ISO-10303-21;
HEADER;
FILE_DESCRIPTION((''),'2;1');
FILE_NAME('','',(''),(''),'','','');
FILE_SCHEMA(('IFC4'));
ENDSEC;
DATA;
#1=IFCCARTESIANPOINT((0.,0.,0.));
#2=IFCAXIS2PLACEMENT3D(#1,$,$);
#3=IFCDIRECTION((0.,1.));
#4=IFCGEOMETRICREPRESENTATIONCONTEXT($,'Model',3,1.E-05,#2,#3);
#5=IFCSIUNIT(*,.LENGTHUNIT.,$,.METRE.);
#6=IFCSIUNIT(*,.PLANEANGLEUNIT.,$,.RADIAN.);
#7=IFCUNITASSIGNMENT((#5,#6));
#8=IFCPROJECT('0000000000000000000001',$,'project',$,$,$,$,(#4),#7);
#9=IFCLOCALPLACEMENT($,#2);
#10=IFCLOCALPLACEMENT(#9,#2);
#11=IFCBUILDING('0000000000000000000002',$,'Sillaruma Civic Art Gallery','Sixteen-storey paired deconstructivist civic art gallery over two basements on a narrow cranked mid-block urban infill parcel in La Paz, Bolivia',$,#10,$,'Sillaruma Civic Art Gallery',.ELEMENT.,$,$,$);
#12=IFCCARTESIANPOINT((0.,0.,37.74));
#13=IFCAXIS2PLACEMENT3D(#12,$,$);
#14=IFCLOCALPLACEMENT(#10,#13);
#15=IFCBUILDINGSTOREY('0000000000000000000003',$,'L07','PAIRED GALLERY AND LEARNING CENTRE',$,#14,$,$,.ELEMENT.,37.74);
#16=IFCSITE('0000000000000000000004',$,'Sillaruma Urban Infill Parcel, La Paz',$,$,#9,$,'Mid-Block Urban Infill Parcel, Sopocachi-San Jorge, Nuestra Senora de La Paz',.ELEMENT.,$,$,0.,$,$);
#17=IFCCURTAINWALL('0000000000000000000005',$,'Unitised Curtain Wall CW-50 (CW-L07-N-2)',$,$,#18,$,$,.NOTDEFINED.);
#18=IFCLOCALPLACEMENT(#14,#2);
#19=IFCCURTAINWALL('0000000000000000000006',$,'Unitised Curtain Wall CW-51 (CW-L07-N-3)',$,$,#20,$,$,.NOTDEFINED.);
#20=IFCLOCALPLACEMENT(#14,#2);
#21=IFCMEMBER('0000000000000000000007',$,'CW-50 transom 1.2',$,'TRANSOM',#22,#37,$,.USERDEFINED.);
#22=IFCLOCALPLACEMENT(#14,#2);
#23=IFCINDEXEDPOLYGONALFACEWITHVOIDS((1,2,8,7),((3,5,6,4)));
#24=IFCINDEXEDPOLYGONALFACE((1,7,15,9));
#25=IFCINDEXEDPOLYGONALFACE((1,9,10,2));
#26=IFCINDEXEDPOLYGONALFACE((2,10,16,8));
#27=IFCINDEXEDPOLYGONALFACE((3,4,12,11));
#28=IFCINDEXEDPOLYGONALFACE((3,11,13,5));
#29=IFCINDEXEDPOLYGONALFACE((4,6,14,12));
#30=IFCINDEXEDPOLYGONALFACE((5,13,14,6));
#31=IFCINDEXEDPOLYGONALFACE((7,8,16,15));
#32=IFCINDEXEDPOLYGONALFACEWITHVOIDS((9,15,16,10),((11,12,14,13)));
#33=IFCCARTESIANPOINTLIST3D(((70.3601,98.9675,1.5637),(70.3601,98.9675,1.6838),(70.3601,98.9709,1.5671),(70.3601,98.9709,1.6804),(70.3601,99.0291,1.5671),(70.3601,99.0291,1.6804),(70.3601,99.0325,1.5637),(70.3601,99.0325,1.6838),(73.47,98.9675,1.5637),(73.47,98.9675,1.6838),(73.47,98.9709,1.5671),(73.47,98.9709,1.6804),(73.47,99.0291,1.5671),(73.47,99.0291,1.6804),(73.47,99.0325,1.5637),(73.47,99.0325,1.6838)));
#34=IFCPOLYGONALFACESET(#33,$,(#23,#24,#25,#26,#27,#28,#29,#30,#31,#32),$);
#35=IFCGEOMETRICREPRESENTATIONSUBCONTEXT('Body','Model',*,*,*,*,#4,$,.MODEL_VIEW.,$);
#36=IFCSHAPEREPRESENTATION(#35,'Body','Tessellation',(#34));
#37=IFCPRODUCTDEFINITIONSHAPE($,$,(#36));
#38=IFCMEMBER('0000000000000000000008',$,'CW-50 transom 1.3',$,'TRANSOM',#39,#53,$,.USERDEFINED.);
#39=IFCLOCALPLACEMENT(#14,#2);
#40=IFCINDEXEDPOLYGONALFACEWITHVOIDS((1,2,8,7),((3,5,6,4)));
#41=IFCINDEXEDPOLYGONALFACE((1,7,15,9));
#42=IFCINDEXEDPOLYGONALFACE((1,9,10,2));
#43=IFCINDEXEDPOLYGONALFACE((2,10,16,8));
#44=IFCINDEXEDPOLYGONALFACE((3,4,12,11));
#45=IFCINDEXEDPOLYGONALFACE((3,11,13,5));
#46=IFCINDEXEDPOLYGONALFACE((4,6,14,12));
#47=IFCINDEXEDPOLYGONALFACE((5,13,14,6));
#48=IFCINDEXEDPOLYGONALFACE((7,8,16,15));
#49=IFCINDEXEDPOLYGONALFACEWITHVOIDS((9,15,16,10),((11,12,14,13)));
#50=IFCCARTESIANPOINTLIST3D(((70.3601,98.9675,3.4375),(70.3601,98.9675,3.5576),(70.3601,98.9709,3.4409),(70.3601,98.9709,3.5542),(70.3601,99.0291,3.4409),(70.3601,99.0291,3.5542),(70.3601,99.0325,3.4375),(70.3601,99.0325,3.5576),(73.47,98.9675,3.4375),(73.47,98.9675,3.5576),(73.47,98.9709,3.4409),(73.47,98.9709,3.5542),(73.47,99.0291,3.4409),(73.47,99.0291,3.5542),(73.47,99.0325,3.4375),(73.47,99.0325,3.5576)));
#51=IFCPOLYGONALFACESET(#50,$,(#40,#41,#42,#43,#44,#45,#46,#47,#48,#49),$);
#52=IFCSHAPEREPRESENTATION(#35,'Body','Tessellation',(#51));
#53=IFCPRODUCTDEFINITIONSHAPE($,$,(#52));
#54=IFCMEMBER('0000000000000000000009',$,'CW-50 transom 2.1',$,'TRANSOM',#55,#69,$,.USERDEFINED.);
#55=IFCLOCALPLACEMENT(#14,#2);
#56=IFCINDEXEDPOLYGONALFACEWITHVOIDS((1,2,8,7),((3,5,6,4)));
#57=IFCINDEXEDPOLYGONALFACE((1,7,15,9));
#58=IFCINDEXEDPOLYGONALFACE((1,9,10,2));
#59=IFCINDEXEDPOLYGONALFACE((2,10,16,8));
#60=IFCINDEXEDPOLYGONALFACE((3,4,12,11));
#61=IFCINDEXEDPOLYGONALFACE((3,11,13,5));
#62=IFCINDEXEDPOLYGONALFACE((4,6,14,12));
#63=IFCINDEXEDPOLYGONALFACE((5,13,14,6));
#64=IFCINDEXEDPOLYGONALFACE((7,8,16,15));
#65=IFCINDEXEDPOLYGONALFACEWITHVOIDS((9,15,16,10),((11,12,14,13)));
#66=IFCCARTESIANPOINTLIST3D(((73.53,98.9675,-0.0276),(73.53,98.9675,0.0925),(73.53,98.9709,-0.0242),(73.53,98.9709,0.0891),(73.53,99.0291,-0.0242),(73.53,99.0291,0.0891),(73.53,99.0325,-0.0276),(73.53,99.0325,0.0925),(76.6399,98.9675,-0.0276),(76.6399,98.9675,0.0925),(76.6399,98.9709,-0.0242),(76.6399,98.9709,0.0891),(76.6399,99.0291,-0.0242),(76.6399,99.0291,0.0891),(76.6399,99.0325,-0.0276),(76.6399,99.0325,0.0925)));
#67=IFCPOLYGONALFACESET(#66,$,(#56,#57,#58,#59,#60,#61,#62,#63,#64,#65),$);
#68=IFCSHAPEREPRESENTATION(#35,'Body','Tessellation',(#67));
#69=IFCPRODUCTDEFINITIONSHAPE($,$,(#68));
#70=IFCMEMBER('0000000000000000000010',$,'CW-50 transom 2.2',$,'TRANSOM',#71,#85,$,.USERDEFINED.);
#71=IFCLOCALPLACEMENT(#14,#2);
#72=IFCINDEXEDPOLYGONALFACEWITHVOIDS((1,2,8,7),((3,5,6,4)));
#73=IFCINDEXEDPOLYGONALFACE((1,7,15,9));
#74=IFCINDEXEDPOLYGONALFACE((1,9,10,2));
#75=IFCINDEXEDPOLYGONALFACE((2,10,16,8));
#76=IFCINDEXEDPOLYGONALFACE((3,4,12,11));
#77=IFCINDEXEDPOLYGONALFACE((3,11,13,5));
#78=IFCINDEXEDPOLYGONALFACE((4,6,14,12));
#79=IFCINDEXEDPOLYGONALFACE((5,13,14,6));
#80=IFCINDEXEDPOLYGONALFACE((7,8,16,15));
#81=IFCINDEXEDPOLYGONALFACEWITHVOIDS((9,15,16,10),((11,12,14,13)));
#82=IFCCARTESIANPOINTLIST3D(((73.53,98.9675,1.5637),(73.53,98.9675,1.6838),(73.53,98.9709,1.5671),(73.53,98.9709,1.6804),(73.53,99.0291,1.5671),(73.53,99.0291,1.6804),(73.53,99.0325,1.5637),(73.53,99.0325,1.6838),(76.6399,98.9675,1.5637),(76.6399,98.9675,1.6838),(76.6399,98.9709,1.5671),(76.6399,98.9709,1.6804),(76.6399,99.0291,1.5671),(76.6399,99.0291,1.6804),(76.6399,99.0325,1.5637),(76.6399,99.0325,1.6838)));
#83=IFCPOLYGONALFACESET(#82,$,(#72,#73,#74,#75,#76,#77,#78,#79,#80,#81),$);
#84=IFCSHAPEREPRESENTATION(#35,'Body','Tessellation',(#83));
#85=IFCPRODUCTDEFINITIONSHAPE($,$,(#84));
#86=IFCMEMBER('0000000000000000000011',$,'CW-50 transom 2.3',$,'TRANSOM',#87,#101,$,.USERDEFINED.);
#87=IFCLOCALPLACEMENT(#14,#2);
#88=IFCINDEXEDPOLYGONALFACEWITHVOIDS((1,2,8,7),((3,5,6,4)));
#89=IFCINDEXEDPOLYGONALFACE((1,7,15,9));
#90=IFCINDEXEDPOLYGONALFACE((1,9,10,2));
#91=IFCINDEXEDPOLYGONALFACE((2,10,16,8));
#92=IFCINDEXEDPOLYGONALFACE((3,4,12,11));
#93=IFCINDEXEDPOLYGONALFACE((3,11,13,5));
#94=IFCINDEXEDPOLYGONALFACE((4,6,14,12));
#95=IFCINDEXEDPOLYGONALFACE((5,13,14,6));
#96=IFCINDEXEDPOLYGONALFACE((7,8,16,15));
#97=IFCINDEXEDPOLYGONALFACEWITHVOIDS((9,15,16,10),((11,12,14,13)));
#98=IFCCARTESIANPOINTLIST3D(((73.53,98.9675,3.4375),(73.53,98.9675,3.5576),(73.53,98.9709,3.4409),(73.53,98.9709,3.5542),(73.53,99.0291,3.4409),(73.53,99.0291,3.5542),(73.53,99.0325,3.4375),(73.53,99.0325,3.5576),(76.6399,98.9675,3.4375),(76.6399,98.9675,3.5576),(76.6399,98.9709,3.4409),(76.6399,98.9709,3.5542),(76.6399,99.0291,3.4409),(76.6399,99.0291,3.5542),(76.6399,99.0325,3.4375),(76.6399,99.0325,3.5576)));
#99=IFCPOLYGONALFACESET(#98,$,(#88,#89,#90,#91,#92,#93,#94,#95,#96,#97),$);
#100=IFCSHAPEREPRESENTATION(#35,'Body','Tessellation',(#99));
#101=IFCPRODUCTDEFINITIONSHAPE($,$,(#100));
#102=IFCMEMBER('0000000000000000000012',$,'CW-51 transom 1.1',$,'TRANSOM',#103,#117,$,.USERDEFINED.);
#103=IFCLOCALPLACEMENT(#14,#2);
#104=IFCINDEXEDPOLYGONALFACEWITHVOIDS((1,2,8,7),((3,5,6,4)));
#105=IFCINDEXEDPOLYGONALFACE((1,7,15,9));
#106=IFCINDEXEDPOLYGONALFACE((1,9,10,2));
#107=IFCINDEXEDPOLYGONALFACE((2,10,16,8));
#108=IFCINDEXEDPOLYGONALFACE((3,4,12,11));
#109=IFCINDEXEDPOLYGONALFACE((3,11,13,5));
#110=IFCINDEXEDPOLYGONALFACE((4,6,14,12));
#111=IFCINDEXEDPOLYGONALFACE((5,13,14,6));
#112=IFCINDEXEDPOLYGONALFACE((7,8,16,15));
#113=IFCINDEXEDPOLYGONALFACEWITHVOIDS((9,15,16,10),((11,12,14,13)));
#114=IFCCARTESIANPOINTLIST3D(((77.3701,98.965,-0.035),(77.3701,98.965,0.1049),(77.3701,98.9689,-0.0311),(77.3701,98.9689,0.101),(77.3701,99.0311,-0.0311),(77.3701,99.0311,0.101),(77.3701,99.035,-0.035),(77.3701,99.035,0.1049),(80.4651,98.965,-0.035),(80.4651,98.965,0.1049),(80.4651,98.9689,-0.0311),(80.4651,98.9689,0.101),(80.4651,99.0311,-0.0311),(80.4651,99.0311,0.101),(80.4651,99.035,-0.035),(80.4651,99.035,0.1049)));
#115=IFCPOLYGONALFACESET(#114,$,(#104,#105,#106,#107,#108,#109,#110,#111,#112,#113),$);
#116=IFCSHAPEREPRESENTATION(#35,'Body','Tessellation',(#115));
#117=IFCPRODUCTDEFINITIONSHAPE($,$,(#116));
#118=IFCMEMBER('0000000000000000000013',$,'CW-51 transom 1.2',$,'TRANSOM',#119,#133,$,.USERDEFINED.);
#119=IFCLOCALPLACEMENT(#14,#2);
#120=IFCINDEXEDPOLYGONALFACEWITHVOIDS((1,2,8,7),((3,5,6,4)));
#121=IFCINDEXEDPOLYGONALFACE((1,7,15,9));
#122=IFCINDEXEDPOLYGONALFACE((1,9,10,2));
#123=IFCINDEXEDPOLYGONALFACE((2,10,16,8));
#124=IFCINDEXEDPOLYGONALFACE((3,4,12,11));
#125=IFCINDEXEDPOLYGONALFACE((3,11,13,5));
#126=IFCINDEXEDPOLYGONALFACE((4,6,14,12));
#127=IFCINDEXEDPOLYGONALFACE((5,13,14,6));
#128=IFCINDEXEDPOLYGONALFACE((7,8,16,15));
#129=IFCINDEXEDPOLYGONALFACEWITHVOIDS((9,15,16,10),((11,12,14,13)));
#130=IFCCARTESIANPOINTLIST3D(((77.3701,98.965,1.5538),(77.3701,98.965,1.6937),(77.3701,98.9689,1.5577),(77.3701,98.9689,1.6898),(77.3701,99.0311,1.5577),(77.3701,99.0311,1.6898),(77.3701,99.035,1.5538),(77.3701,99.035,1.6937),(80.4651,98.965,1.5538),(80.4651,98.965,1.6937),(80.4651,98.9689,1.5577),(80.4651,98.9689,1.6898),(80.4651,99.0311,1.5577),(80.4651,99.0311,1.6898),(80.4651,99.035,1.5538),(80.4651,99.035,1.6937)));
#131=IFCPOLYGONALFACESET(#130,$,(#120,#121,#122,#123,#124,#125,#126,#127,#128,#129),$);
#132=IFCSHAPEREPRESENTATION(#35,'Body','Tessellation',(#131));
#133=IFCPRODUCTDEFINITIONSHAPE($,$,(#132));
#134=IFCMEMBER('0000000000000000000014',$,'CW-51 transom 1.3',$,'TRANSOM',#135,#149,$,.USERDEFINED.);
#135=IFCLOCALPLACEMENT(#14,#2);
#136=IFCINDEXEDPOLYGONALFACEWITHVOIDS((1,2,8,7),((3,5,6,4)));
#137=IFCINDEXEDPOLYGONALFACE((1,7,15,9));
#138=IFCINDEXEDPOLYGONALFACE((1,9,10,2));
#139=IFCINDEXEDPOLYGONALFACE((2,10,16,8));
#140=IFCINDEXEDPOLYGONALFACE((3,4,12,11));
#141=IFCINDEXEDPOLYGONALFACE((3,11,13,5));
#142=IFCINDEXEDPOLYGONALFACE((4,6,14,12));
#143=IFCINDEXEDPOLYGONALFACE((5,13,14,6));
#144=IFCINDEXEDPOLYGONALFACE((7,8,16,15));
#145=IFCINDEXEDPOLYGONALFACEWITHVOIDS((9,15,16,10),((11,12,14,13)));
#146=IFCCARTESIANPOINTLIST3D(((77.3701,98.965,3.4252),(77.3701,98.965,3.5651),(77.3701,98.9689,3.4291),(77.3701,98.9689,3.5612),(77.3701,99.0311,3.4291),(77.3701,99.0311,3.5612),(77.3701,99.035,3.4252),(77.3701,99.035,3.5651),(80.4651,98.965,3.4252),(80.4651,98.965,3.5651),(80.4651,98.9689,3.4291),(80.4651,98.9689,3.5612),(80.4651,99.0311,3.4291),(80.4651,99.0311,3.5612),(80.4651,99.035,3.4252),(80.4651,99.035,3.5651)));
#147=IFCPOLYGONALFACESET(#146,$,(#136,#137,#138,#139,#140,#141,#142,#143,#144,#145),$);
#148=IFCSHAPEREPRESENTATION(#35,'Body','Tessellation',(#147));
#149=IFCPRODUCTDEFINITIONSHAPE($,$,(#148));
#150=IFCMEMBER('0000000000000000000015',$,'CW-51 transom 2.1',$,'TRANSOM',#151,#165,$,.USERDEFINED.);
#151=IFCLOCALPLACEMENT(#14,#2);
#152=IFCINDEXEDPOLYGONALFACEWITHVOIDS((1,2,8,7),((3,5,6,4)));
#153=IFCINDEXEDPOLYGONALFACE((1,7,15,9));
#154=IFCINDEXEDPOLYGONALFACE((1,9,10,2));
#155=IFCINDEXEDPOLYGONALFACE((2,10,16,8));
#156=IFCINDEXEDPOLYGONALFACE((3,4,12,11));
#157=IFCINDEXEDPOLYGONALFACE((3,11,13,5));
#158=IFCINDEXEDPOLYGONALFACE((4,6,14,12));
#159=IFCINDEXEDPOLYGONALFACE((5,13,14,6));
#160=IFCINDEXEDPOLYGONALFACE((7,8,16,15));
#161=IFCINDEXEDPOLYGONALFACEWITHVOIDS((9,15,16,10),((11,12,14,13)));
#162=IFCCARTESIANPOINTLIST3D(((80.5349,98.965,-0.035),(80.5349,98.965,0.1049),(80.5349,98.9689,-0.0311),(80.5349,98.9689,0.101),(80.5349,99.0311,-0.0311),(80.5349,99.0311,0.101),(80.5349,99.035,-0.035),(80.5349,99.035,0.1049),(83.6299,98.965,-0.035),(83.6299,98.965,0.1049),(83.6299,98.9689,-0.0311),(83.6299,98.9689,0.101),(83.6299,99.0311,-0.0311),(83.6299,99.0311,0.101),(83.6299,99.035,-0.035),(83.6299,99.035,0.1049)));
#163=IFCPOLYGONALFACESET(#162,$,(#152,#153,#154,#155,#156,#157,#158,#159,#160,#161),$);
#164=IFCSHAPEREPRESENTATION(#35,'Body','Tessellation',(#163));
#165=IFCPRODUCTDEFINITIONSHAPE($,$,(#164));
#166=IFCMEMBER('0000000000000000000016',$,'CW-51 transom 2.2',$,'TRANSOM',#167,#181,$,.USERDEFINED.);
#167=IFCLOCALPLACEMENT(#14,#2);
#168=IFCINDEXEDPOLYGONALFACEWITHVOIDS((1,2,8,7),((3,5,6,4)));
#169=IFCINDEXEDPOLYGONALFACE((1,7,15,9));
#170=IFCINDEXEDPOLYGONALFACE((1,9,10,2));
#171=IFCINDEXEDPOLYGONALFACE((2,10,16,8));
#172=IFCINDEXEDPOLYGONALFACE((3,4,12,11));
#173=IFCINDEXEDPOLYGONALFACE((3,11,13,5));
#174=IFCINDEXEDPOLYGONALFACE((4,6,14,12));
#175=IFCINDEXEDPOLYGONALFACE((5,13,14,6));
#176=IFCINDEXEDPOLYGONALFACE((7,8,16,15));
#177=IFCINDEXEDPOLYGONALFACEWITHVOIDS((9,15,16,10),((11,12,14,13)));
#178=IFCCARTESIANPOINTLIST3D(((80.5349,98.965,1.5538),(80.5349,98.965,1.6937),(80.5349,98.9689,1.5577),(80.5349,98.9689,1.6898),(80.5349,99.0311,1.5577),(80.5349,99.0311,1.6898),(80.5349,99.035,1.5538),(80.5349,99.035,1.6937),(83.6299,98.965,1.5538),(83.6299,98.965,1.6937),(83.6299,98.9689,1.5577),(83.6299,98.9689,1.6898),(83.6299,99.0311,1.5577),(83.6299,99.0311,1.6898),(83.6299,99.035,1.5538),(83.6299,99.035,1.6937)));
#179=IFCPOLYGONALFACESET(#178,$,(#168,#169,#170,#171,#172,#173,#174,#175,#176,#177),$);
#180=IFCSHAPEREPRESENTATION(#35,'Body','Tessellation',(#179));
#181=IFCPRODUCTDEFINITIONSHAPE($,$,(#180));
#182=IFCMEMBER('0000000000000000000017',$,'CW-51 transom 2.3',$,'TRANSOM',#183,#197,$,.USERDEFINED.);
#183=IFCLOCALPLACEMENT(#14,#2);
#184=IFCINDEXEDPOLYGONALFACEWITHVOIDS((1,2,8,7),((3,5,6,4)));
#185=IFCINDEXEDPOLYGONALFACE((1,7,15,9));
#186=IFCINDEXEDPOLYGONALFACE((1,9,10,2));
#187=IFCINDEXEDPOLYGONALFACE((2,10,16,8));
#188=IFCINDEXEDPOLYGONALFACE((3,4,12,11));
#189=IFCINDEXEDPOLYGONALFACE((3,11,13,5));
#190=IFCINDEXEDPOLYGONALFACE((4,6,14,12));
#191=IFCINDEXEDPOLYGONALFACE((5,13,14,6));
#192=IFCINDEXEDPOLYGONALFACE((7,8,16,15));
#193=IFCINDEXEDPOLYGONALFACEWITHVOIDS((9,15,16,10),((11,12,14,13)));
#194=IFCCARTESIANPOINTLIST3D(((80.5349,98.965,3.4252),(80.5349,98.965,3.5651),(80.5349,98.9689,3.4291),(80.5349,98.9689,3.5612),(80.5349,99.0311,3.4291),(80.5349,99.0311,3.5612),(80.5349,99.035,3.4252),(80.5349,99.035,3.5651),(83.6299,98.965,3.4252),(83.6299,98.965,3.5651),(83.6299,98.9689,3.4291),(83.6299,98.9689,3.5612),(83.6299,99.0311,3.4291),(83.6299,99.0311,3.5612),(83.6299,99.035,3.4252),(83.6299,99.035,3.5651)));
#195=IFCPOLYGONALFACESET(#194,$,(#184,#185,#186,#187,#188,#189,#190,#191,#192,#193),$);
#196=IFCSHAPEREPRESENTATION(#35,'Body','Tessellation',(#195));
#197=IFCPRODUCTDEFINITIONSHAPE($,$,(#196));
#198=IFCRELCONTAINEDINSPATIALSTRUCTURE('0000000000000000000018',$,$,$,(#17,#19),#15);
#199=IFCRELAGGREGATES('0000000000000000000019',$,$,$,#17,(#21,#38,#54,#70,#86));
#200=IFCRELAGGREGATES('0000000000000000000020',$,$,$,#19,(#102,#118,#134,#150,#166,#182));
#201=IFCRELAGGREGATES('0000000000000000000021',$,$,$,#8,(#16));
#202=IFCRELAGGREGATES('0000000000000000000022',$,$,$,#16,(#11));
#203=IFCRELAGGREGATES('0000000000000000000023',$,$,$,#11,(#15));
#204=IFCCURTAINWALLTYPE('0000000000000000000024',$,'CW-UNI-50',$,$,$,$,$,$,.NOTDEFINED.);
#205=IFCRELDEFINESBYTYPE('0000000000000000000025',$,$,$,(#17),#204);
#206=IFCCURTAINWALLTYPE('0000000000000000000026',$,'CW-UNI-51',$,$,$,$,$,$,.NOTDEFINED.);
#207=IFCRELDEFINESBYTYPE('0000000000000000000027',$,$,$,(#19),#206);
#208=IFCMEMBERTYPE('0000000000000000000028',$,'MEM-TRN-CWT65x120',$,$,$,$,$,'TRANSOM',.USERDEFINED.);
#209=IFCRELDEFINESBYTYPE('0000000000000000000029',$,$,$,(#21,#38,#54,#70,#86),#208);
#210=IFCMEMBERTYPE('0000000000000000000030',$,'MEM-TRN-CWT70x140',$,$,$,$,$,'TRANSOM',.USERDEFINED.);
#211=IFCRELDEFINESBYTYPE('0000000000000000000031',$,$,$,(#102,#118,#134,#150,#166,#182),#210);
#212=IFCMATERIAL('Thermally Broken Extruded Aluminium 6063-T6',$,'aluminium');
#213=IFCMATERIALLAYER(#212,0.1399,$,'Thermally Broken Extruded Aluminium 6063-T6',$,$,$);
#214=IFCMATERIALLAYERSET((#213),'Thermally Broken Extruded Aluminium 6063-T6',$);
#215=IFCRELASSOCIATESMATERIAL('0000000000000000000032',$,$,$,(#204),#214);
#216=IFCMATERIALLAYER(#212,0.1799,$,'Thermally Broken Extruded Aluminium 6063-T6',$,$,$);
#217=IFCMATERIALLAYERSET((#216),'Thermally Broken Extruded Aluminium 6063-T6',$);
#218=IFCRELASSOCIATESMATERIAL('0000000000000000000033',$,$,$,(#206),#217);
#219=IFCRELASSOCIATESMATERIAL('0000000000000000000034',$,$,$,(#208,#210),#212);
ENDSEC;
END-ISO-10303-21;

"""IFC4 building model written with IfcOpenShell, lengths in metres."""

from ifc_helpers import new_model, si_unit, direction, frame, origin, origin_2d, place, context, subcontext, project, spatial, hollow_rectangle, extrude, material, layer, layer_set, material_profile, profile_set, type_object, element, aggregate, save


model = new_model("IFC4")

# Units and contexts
model_context = context("Model", 3, precision=1e-05, world=origin(), true_north=direction((0.0, 1.0)))
body_context = subcontext(model_context, "Body", "Model", "MODEL_VIEW")
ifc_project = project(units=[si_unit("LENGTHUNIT", "METRE"), si_unit("PLANEANGLEUNIT", "RADIAN")], contexts=[model_context])

# Site, building, storey
site_placement = place(None, origin())
site = spatial("IfcSite", under=ifc_project, at=site_placement, Name="Sillaruma Urban Infill Parcel, La Paz", LongName="Mid-Block Urban Infill Parcel, Sopocachi-San Jorge, Nuestra Senora de La Paz", CompositionType="ELEMENT", RefElevation=0.0)
building_placement = place(site_placement, origin())
building = spatial("IfcBuilding", under=site, at=building_placement, Name="Sillaruma Civic Art Gallery", Description="Sixteen-storey paired deconstructivist civic art gallery over two basements on a narrow cranked mid-block urban infill parcel in La Paz, Bolivia", LongName="Sillaruma Civic Art Gallery", CompositionType="ELEMENT")
storey_placement = place(building_placement, frame((0.0, 0.0, 37.74)))
storey = spatial("IfcBuildingStorey", under=building, at=storey_placement, Name="L07", Description="PAIRED GALLERY AND LEARNING CENTRE", CompositionType="ELEMENT", Elevation=37.74)

# Curtain walls
ifc_material_1 = material(Name="Thermally Broken Extruded Aluminium 6063-T6", Category="aluminium")
ifc_layer_1 = layer(ifc_material_1, 0.1399, Name="Thermally Broken Extruded Aluminium 6063-T6")
ifc_layer_set_1 = layer_set([ifc_layer_1], Name="Thermally Broken Extruded Aluminium 6063-T6")
curtain_wall_type_1 = type_object("IfcCurtainWallType", Name="CW-UNI-50", PredefinedType="NOTDEFINED", material=ifc_layer_set_1)
curtain_wall_1_placement = place(storey_placement, origin())
curtain_wall_1 = element("IfcCurtainWall", 1, at=curtain_wall_1_placement, inside=storey, type_object=curtain_wall_type_1, Name="Unitised Curtain Wall CW-50 (CW-L07-N-2)", PredefinedType="NOTDEFINED")
ifc_layer_2 = layer(ifc_material_1, 0.1799, Name="Thermally Broken Extruded Aluminium 6063-T6")
ifc_layer_set_2 = layer_set([ifc_layer_2], Name="Thermally Broken Extruded Aluminium 6063-T6")
curtain_wall_type_2 = type_object("IfcCurtainWallType", Name="CW-UNI-51", PredefinedType="NOTDEFINED", material=ifc_layer_set_2)
curtain_wall_2_placement = place(storey_placement, origin())
curtain_wall_2 = element("IfcCurtainWall", 2, at=curtain_wall_2_placement, inside=storey, type_object=curtain_wall_type_2, Name="Unitised Curtain Wall CW-51 (CW-L07-N-3)", PredefinedType="NOTDEFINED")

# Members
ifc_material_profile_1 = material_profile(ifc_material_1, hollow_rectangle(XDim=0.0649, YDim=0.1201, WallThickness=0.0034, at=origin_2d()), Name="CWT65x120")
ifc_profile_set_1 = profile_set([ifc_material_profile_1], Name="Thermally Broken Extruded Aluminium 6063-T6")
member_type_1 = type_object("IfcMemberType", Name="MEM-TRN-CWT65x120", ElementType="TRANSOM", PredefinedType="USERDEFINED", material=ifc_profile_set_1)
member_1_placement = place(storey_placement, frame((70.3601, 99.0, 1.6238), z_axis=(1.0, 0.0, 0.0), x_axis=(0.0, 1.0, 0.0)))
member_1 = element("IfcMember", 3, at=member_1_placement, type_object=member_type_1, Name="CW-50 transom 1.2", ObjectType="TRANSOM", PredefinedType="USERDEFINED", context=body_context, shape_type="SweptSolid", body=[
    extrude(hollow_rectangle(XDim=0.0649, YDim=0.1201, WallThickness=0.0034, at=origin_2d()), origin(), (0.0, 0.0, 1.0), 3.1099),
])
member_2_placement = place(storey_placement, frame((70.3601, 99.0, 3.4976), z_axis=(1.0, 0.0, 0.0), x_axis=(0.0, 1.0, 0.0)))
member_2 = element("IfcMember", 4, at=member_2_placement, type_object=member_type_1, Name="CW-50 transom 1.3", ObjectType="TRANSOM", PredefinedType="USERDEFINED", context=body_context, shape_type="SweptSolid", body=[
    extrude(hollow_rectangle(XDim=0.0649, YDim=0.1201, WallThickness=0.0034, at=origin_2d()), origin(), (0.0, 0.0, 1.0), 3.1099),
])
member_3_placement = place(storey_placement, frame((73.53, 99.0, 0.0325), z_axis=(1.0, 0.0, 0.0), x_axis=(0.0, 1.0, 0.0)))
member_3 = element("IfcMember", 5, at=member_3_placement, type_object=member_type_1, Name="CW-50 transom 2.1", ObjectType="TRANSOM", PredefinedType="USERDEFINED", context=body_context, shape_type="SweptSolid", body=[
    extrude(hollow_rectangle(XDim=0.0649, YDim=0.1201, WallThickness=0.0034, at=origin_2d()), origin(), (0.0, 0.0, 1.0), 3.1099),
])
member_4_placement = place(storey_placement, frame((73.53, 99.0, 1.6238), z_axis=(1.0, 0.0, 0.0), x_axis=(0.0, 1.0, 0.0)))
member_4 = element("IfcMember", 6, at=member_4_placement, type_object=member_type_1, Name="CW-50 transom 2.2", ObjectType="TRANSOM", PredefinedType="USERDEFINED", context=body_context, shape_type="SweptSolid", body=[
    extrude(hollow_rectangle(XDim=0.0649, YDim=0.1201, WallThickness=0.0034, at=origin_2d()), origin(), (0.0, 0.0, 1.0), 3.1099),
])
member_5_placement = place(storey_placement, frame((73.53, 99.0, 3.4976), z_axis=(1.0, 0.0, 0.0), x_axis=(0.0, 1.0, 0.0)))
member_5 = element("IfcMember", 7, at=member_5_placement, type_object=member_type_1, Name="CW-50 transom 2.3", ObjectType="TRANSOM", PredefinedType="USERDEFINED", context=body_context, shape_type="SweptSolid", body=[
    extrude(hollow_rectangle(XDim=0.0649, YDim=0.1201, WallThickness=0.0034, at=origin_2d()), origin(), (0.0, 0.0, 1.0), 3.1099),
])
ifc_material_profile_2 = material_profile(ifc_material_1, hollow_rectangle(XDim=0.0701, YDim=0.1399, WallThickness=0.0039, at=origin_2d()), Name="CWT70x140")
ifc_profile_set_2 = profile_set([ifc_material_profile_2], Name="Thermally Broken Extruded Aluminium 6063-T6")
member_type_2 = type_object("IfcMemberType", Name="MEM-TRN-CWT70x140", ElementType="TRANSOM", PredefinedType="USERDEFINED", material=ifc_profile_set_2)
member_6_placement = place(storey_placement, frame((77.3701, 99.0, 0.0349), z_axis=(1.0, 0.0, 0.0), x_axis=(0.0, 1.0, 0.0)))
member_6 = element("IfcMember", 8, at=member_6_placement, type_object=member_type_2, Name="CW-51 transom 1.1", ObjectType="TRANSOM", PredefinedType="USERDEFINED", context=body_context, shape_type="SweptSolid", body=[
    extrude(hollow_rectangle(XDim=0.0701, YDim=0.1399, WallThickness=0.0039, at=origin_2d()), origin(), (0.0, 0.0, 1.0), 3.095),
])
member_7_placement = place(storey_placement, frame((77.3701, 99.0, 1.6238), z_axis=(1.0, 0.0, 0.0), x_axis=(0.0, 1.0, 0.0)))
member_7 = element("IfcMember", 9, at=member_7_placement, type_object=member_type_2, Name="CW-51 transom 1.2", ObjectType="TRANSOM", PredefinedType="USERDEFINED", context=body_context, shape_type="SweptSolid", body=[
    extrude(hollow_rectangle(XDim=0.0701, YDim=0.1399, WallThickness=0.0039, at=origin_2d()), origin(), (0.0, 0.0, 1.0), 3.095),
])
member_8_placement = place(storey_placement, frame((77.3701, 99.0, 3.4951), z_axis=(1.0, 0.0, 0.0), x_axis=(0.0, 1.0, 0.0)))
member_8 = element("IfcMember", 10, at=member_8_placement, type_object=member_type_2, Name="CW-51 transom 1.3", ObjectType="TRANSOM", PredefinedType="USERDEFINED", context=body_context, shape_type="SweptSolid", body=[
    extrude(hollow_rectangle(XDim=0.0701, YDim=0.1399, WallThickness=0.0039, at=origin_2d()), origin(), (0.0, 0.0, 1.0), 3.095),
])
member_9_placement = place(storey_placement, frame((80.5349, 99.0, 0.0349), z_axis=(1.0, 0.0, 0.0), x_axis=(0.0, 1.0, 0.0)))
member_9 = element("IfcMember", 11, at=member_9_placement, type_object=member_type_2, Name="CW-51 transom 2.1", ObjectType="TRANSOM", PredefinedType="USERDEFINED", context=body_context, shape_type="SweptSolid", body=[
    extrude(hollow_rectangle(XDim=0.0701, YDim=0.1399, WallThickness=0.0039, at=origin_2d()), origin(), (0.0, 0.0, 1.0), 3.095),
])
member_10_placement = place(storey_placement, frame((80.5349, 99.0, 1.6238), z_axis=(1.0, 0.0, 0.0), x_axis=(0.0, 1.0, 0.0)))
member_10 = element("IfcMember", 12, at=member_10_placement, type_object=member_type_2, Name="CW-51 transom 2.2", ObjectType="TRANSOM", PredefinedType="USERDEFINED", context=body_context, shape_type="SweptSolid", body=[
    extrude(hollow_rectangle(XDim=0.0701, YDim=0.1399, WallThickness=0.0039, at=origin_2d()), origin(), (0.0, 0.0, 1.0), 3.095),
])
member_11_placement = place(storey_placement, frame((80.5349, 99.0, 3.4951), z_axis=(1.0, 0.0, 0.0), x_axis=(0.0, 1.0, 0.0)))
member_11 = element("IfcMember", 13, at=member_11_placement, type_object=member_type_2, Name="CW-51 transom 2.3", ObjectType="TRANSOM", PredefinedType="USERDEFINED", context=body_context, shape_type="SweptSolid", body=[
    extrude(hollow_rectangle(XDim=0.0701, YDim=0.1399, WallThickness=0.0039, at=origin_2d()), origin(), (0.0, 0.0, 1.0), 3.095),
])

aggregate(curtain_wall_1, [member_1, member_2, member_3, member_4, member_5])
aggregate(curtain_wall_2, [member_6, member_7, member_8, member_9, member_10, member_11])

save(model, "model.ifc")
